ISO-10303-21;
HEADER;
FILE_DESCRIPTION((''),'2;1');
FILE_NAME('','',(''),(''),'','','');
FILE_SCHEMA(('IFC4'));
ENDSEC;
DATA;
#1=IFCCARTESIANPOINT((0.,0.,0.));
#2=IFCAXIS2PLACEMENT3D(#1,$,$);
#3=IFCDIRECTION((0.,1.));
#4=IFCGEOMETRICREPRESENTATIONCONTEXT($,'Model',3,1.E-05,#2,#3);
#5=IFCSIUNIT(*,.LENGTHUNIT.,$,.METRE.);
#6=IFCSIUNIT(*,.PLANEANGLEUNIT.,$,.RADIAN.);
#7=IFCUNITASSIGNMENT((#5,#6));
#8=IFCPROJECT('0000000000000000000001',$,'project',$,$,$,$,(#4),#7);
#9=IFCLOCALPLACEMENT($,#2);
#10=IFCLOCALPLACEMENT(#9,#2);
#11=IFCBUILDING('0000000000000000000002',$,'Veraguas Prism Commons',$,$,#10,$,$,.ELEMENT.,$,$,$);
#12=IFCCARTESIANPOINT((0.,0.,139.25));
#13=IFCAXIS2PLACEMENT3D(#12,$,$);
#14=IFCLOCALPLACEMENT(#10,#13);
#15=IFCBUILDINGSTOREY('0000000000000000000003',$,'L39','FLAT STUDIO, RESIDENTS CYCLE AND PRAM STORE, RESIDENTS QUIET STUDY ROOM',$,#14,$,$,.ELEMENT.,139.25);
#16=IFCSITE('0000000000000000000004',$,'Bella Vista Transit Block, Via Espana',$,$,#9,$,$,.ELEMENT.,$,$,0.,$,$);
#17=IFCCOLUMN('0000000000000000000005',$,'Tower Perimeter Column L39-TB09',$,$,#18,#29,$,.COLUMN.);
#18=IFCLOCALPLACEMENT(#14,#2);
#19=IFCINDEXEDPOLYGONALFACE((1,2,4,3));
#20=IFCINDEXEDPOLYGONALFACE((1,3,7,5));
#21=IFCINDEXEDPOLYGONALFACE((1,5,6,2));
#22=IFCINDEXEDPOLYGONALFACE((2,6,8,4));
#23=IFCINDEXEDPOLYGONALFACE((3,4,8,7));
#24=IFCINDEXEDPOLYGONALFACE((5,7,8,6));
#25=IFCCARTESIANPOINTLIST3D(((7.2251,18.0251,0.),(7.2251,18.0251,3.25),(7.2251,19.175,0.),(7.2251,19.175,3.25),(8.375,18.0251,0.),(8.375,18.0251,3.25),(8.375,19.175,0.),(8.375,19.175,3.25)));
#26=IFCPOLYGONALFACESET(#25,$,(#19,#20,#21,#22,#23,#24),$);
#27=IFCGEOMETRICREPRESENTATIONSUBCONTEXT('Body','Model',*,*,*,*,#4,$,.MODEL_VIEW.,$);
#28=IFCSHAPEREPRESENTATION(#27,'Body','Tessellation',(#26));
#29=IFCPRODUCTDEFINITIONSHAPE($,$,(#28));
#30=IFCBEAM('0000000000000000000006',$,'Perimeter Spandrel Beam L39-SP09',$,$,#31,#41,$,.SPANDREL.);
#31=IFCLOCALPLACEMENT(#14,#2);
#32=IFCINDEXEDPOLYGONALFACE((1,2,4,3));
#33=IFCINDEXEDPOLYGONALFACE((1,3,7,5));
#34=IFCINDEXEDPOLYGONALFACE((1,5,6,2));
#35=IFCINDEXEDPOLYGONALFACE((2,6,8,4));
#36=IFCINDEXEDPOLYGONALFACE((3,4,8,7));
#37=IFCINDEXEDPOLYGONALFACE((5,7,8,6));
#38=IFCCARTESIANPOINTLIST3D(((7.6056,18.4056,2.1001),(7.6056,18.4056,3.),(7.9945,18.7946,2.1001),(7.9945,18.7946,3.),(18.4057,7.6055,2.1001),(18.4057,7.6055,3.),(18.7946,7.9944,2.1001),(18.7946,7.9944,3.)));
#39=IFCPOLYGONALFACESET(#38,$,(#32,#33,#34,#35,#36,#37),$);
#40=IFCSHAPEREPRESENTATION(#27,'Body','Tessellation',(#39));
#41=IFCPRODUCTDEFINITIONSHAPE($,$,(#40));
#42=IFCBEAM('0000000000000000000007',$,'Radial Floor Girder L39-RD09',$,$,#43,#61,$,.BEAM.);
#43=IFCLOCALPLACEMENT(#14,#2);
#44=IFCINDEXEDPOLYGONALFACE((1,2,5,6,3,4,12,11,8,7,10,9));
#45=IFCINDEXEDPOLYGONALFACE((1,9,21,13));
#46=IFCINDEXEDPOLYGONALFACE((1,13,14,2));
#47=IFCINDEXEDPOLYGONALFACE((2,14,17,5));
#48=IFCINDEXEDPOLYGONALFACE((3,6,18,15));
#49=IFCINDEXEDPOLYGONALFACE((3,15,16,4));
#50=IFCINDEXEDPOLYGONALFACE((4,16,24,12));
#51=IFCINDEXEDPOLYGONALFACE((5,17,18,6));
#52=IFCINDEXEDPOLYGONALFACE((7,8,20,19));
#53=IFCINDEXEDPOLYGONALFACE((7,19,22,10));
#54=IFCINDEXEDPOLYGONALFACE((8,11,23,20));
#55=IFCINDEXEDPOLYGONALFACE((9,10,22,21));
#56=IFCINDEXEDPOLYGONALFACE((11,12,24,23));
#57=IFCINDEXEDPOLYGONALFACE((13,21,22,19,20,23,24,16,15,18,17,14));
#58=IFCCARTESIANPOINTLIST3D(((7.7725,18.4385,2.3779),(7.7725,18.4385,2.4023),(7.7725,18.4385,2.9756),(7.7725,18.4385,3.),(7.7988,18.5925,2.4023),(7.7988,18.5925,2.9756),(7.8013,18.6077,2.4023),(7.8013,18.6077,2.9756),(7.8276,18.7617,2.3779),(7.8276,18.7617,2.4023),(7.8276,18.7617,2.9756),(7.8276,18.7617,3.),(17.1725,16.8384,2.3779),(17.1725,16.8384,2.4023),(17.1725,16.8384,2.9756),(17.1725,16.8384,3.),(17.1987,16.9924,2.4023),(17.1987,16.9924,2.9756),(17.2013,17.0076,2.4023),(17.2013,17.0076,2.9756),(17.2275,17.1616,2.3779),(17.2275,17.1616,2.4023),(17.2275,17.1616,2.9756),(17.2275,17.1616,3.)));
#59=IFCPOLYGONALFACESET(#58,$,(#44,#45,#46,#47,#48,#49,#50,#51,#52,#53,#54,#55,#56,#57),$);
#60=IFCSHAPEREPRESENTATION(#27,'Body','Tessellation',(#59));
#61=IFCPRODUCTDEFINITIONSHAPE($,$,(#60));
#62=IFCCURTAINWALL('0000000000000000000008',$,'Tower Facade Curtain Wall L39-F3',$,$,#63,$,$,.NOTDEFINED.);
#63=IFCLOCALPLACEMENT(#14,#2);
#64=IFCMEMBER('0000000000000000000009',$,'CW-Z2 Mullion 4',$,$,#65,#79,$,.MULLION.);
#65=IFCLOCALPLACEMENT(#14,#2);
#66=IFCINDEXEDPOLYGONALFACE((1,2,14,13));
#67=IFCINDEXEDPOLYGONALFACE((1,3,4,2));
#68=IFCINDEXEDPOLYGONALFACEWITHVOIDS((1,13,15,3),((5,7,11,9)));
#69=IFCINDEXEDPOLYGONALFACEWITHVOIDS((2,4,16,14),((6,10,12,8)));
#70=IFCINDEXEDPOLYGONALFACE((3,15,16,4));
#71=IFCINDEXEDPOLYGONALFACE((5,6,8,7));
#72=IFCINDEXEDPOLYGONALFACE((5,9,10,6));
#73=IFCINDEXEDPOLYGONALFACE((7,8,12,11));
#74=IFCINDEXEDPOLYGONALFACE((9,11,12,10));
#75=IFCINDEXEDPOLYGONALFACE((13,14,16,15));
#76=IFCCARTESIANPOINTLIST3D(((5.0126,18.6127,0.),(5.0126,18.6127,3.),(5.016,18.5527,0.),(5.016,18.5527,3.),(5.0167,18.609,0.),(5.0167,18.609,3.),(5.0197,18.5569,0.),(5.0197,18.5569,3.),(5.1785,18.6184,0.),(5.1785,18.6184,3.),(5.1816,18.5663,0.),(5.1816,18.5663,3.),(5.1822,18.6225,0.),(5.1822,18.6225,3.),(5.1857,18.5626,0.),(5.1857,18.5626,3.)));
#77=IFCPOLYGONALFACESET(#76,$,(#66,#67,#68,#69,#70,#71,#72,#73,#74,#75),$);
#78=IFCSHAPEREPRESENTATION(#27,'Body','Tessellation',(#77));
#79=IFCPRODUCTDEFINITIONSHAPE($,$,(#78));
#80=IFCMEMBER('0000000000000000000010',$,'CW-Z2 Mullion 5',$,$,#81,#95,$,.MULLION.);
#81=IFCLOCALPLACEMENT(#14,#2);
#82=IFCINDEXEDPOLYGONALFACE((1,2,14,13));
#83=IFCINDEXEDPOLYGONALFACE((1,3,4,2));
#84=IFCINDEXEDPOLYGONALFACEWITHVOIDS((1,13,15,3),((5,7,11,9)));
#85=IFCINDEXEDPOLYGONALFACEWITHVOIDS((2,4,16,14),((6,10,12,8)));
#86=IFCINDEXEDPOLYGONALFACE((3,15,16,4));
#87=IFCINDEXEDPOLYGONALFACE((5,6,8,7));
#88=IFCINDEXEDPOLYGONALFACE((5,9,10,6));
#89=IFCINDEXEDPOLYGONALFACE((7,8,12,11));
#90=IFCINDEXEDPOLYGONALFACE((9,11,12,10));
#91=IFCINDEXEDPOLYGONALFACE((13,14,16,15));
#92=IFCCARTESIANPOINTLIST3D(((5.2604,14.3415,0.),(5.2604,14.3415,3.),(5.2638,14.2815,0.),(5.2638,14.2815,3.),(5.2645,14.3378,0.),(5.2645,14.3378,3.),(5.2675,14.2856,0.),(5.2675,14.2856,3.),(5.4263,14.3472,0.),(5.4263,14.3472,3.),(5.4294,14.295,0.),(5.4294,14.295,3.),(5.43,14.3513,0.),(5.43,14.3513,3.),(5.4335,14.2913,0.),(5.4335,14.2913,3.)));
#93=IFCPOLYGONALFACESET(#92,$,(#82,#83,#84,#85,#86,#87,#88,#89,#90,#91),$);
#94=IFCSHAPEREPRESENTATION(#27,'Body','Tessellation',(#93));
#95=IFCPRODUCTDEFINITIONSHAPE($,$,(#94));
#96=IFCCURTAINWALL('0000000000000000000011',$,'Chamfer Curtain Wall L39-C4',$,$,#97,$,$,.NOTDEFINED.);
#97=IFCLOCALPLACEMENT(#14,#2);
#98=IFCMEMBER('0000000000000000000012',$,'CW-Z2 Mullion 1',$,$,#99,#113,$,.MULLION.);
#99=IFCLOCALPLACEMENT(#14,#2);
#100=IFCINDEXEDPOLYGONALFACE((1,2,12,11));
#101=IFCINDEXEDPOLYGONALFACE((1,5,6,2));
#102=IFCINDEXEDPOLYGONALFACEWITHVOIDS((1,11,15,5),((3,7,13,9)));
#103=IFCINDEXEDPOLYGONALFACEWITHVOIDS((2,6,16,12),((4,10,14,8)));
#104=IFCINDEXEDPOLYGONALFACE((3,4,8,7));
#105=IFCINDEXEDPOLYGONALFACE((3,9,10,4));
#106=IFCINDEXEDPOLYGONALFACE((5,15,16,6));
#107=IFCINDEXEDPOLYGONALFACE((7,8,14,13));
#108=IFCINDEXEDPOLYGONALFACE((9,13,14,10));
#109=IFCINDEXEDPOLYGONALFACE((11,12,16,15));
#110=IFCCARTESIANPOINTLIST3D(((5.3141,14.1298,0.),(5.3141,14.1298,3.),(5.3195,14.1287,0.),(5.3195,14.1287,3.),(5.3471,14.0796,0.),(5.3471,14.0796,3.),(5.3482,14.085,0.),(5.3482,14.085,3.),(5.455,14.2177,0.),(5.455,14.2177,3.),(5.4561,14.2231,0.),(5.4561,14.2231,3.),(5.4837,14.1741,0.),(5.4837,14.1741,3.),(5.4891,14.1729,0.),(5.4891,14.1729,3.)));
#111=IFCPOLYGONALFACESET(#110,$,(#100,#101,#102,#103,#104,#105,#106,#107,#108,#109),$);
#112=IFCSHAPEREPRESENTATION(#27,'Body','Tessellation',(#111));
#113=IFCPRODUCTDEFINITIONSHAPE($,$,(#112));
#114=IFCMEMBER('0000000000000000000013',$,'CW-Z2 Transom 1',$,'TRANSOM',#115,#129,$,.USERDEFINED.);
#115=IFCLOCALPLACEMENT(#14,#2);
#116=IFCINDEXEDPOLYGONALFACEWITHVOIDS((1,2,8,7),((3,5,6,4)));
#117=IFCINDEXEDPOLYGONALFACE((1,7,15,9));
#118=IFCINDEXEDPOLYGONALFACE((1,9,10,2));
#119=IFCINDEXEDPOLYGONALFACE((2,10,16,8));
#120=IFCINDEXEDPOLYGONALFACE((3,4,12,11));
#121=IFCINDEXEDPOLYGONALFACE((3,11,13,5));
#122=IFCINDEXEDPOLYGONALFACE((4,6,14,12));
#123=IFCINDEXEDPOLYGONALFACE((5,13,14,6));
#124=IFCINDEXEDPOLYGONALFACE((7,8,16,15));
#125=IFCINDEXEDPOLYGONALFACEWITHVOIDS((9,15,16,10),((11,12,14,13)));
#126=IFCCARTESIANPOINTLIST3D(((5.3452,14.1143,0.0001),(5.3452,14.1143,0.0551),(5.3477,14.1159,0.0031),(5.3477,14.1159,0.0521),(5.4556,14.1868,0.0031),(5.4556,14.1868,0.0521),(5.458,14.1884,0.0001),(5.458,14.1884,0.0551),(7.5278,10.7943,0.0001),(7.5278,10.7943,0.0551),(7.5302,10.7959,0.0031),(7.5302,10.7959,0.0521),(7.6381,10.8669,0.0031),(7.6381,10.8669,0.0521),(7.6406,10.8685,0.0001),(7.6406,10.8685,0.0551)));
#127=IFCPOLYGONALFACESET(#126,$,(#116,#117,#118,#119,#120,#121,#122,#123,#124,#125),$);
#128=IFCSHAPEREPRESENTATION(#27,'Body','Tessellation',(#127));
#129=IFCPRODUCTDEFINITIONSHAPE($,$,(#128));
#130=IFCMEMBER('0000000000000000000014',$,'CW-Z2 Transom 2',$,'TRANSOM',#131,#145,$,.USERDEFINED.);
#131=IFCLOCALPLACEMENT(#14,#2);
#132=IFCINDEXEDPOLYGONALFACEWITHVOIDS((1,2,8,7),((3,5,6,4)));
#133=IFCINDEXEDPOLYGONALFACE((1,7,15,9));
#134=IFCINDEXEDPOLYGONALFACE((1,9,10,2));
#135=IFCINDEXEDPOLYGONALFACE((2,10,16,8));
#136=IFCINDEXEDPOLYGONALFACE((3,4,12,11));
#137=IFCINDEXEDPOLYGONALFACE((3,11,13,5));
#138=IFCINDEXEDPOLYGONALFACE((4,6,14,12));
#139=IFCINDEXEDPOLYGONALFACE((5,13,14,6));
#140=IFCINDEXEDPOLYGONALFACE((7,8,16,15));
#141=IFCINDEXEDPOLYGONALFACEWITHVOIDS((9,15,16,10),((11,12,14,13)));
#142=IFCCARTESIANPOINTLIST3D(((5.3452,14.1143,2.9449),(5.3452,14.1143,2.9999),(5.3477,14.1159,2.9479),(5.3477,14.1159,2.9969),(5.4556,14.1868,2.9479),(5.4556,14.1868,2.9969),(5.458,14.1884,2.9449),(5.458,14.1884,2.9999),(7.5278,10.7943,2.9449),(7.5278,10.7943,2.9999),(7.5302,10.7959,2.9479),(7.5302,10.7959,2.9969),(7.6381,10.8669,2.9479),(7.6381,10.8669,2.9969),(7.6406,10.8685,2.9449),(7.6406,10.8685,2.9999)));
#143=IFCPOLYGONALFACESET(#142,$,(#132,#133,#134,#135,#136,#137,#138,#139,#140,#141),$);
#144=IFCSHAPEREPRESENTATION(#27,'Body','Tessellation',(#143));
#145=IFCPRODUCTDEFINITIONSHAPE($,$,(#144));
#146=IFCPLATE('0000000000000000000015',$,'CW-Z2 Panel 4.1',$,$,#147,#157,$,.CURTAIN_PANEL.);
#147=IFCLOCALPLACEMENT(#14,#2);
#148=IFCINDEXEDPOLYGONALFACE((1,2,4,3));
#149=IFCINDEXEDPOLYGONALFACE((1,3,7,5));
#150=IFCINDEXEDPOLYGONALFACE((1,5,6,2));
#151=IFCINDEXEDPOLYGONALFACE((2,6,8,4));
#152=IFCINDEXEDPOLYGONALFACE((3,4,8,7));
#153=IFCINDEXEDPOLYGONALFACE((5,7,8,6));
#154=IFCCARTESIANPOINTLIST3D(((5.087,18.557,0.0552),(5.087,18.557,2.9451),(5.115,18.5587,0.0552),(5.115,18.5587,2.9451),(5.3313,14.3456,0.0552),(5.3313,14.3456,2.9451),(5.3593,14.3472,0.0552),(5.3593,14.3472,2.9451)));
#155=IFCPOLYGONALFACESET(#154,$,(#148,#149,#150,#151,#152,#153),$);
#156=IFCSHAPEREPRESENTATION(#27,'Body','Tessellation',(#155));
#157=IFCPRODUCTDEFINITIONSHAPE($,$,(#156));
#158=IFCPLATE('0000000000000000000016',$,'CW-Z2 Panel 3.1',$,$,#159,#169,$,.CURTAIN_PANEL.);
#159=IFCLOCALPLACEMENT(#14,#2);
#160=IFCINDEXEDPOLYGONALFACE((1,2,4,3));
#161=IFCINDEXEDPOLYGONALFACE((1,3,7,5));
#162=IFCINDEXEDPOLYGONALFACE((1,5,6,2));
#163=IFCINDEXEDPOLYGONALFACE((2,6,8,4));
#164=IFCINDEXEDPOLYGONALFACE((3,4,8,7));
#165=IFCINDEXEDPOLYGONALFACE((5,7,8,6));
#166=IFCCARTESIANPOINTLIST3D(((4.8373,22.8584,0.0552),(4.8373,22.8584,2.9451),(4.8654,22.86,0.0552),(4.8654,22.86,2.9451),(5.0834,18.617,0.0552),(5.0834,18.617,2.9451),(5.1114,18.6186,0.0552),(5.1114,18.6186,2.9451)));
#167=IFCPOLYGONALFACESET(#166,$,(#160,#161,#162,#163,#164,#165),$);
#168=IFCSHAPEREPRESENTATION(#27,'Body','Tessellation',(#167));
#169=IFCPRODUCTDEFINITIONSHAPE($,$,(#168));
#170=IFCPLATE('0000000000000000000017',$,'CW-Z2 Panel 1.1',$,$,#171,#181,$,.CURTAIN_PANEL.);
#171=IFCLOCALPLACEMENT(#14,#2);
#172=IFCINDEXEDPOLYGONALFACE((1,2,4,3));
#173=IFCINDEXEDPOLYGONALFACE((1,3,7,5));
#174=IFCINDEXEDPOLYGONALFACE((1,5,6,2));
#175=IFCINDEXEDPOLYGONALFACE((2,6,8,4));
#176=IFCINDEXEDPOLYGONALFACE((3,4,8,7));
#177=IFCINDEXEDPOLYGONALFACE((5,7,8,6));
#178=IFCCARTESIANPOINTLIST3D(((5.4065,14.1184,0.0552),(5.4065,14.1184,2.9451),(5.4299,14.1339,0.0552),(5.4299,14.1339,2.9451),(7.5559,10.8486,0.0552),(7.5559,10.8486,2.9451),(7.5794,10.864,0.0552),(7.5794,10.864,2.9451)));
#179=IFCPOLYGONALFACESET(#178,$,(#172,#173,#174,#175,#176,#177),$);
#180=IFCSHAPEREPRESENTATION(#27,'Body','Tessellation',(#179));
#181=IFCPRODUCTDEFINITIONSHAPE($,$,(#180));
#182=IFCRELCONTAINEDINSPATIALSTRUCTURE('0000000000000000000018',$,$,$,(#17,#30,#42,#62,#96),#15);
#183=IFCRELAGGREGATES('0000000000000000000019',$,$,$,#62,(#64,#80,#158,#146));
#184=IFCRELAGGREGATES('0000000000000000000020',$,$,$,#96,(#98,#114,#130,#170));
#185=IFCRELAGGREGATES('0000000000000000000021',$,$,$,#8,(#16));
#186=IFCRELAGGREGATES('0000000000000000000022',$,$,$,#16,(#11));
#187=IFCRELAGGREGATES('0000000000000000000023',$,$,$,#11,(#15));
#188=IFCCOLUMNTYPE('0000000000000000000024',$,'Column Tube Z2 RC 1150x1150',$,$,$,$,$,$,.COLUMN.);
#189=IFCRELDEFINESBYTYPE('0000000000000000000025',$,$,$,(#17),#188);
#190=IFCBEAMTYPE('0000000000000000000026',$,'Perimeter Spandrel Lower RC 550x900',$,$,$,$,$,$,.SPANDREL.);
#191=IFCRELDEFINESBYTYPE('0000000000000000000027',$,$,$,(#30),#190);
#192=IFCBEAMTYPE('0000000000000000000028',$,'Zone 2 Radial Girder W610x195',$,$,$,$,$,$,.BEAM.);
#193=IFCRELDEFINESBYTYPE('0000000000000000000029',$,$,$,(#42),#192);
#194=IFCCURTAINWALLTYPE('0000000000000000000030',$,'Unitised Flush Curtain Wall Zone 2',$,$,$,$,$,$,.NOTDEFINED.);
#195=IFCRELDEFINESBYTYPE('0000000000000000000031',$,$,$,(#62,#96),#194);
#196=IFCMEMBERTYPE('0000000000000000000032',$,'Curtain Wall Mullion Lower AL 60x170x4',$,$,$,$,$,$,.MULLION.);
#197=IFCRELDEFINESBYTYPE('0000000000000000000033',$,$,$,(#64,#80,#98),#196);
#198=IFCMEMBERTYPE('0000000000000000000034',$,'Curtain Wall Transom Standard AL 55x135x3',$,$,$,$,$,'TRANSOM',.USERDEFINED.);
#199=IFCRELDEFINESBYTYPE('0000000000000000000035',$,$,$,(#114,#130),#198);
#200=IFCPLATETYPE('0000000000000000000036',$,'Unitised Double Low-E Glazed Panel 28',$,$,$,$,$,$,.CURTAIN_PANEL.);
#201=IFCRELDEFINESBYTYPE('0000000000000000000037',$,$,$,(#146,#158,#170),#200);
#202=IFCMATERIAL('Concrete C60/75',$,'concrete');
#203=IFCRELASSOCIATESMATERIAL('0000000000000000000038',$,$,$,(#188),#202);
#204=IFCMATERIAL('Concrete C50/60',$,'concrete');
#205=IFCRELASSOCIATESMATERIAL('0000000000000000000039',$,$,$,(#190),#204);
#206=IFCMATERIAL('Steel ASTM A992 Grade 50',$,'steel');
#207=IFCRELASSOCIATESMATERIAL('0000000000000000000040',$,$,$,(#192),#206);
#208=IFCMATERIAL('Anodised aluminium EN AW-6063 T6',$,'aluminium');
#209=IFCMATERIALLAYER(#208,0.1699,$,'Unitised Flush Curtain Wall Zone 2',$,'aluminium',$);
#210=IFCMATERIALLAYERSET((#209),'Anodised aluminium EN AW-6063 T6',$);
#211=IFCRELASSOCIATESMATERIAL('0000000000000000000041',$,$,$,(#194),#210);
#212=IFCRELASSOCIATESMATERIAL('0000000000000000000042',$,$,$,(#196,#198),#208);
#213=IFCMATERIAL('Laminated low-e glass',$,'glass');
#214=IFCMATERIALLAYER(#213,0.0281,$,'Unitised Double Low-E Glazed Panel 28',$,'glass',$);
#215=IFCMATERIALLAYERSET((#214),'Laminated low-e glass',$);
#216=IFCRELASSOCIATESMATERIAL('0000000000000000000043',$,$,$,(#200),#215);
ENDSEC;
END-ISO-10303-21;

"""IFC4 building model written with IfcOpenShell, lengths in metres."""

from ifc_helpers import new_model, si_unit, direction, frame, origin, origin_2d, place, context, subcontext, project, spatial, rectangle, hollow_rectangle, i_section, extrude, source, transform, mapped, material, layer, layer_set, material_profile, profile_set, type_object, element, aggregate, save


model = new_model("IFC4")

# Units and contexts
model_context = context("Model", 3, precision=1e-05, world=origin(), true_north=direction((0.0, 1.0)))
body_context = subcontext(model_context, "Body", "Model", "MODEL_VIEW")
ifc_project = project(units=[si_unit("LENGTHUNIT", "METRE"), si_unit("PLANEANGLEUNIT", "RADIAN")], contexts=[model_context])

# Site, building, storey
site_placement = place(None, origin())
site = spatial("IfcSite", under=ifc_project, at=site_placement, Name="Bella Vista Transit Block, Via Espana", CompositionType="ELEMENT", RefElevation=0.0)
building_placement = place(site_placement, origin())
building = spatial("IfcBuilding", under=site, at=building_placement, Name="Veraguas Prism Commons", CompositionType="ELEMENT")
storey_placement = place(building_placement, frame((0.0, 0.0, 139.25)))
storey = spatial("IfcBuildingStorey", under=building, at=storey_placement, Name="L39", Description="FLAT STUDIO, RESIDENTS CYCLE AND PRAM STORE, RESIDENTS QUIET STUDY ROOM", CompositionType="ELEMENT", Elevation=139.25)

# Column
ifc_material_1 = material(Name="Concrete C60/75", Category="concrete")
ifc_material_profile_1 = material_profile(ifc_material_1, rectangle(XDim=1.1499, YDim=1.1499, at=origin_2d()), Name="RC1150X1150")
ifc_profile_set_1 = profile_set([ifc_material_profile_1], Name="Concrete C60/75")
column_type = type_object("IfcColumnType", Name="Column Tube Z2 RC 1150x1150", PredefinedType="COLUMN", material=ifc_profile_set_1)
column_placement = place(storey_placement, frame((7.8, 18.6001, 0.0), z_axis=(0.0, 0.0, 1.0), x_axis=(1.0, 0.0, 0.0)))
element("IfcColumn", 1, at=column_placement, inside=storey, type_object=column_type, Name="Tower Perimeter Column L39-TB09", PredefinedType="COLUMN", context=body_context, shape_type="SweptSolid", body=[
    extrude(rectangle(XDim=1.1499, YDim=1.1499, at=origin_2d()), origin(), (0.0, 0.0, 1.0), 3.25),
])

# Beams
ifc_material_2 = material(Name="Concrete C50/60", Category="concrete")
ifc_material_profile_2 = material_profile(ifc_material_2, rectangle(XDim=0.55, YDim=0.8999, at=origin_2d()), Name="RC550X900")
ifc_profile_set_2 = profile_set([ifc_material_profile_2], Name="Concrete C50/60")
beam_type_1 = type_object("IfcBeamType", Name="Perimeter Spandrel Lower RC 550x900", PredefinedType="SPANDREL", material=ifc_profile_set_2)
beam_1_placement = place(storey_placement, frame((7.8, 18.6001, 2.55), z_axis=(0.707107, -0.707107, 0.0), x_axis=(0.707107, 0.707107, 0.0)))
element("IfcBeam", 2, at=beam_1_placement, inside=storey, type_object=beam_type_1, Name="Perimeter Spandrel Beam L39-SP09", PredefinedType="SPANDREL", context=body_context, shape_type="SweptSolid", body=[
    extrude(rectangle(XDim=0.55, YDim=0.8999, at=origin_2d()), origin(), (0.0, 0.0, 1.0), 15.2737),
])
ifc_material_3 = material(Name="Steel ASTM A992 Grade 50", Category="steel")
ifc_material_profile_3 = material_profile(ifc_material_3, i_section(OverallWidth=0.3279, OverallDepth=0.6221, WebThickness=0.0154, FlangeThickness=0.0244, at=origin_2d()), Name="W610X195")
ifc_profile_set_3 = profile_set([ifc_material_profile_3], Name="Steel ASTM A992 Grade 50")
beam_type_2 = type_object("IfcBeamType", Name="Zone 2 Radial Girder W610x195", PredefinedType="BEAM", material=ifc_profile_set_3)
beam_2_placement = place(storey_placement, frame((7.8, 18.6001, 2.689), z_axis=(0.985819, -0.167811, 0.0), x_axis=(0.167811, 0.985819, 0.0)))
element("IfcBeam", 3, at=beam_2_placement, inside=storey, type_object=beam_type_2, Name="Radial Floor Girder L39-RD09", PredefinedType="BEAM", context=body_context, shape_type="SweptSolid", body=[
    extrude(i_section(OverallWidth=0.3279, OverallDepth=0.6221, WebThickness=0.0154, FlangeThickness=0.0244, at=origin_2d()), origin(), (0.0, 0.0, 1.0), 9.5352),
])

# Curtain walls, members
ifc_material_4 = material(Name="Anodised aluminium EN AW-6063 T6", Category="aluminium")
ifc_layer_1 = layer(ifc_material_4, 0.1699, Name="Unitised Flush Curtain Wall Zone 2", Category="aluminium")
ifc_layer_set_1 = layer_set([ifc_layer_1], Name="Anodised aluminium EN AW-6063 T6")
curtain_wall_type = type_object("IfcCurtainWallType", Name="Unitised Flush Curtain Wall Zone 2", PredefinedType="NOTDEFINED", material=ifc_layer_set_1)
curtain_wall_1_placement = place(storey_placement, origin())
curtain_wall_1 = element("IfcCurtainWall", 4, at=curtain_wall_1_placement, inside=storey, type_object=curtain_wall_type, Name="Tower Facade Curtain Wall L39-F3", PredefinedType="NOTDEFINED")
ifc_material_profile_4 = material_profile(ifc_material_4, hollow_rectangle(XDim=0.0601, YDim=0.1699, WallThickness=0.0039, at=origin_2d()), Name="AL60X170X4")
ifc_profile_set_4 = profile_set([ifc_material_profile_4], Name="Anodised aluminium EN AW-6063 T6")
member_type_1 = type_object("IfcMemberType", Name="Curtain Wall Mullion Lower AL 60x170x4", PredefinedType="MULLION", material=ifc_profile_set_4)
shared_shape_1 = source(origin(), body_context, "Body", "SweptSolid", [
    extrude(hollow_rectangle(XDim=0.0601, YDim=0.1699, WallThickness=0.0039, at=origin_2d()), origin(), (0.0, 0.0, 1.0), 3.0),
])
member_1_placement = place(storey_placement, frame((5.0991, 18.5876, 0.0), z_axis=(0.0, 0.0, 1.0), x_axis=(0.057907, -0.998322, 0.0)))
member_1 = element("IfcMember", 5, at=member_1_placement, type_object=member_type_1, Name="CW-Z2 Mullion 4", PredefinedType="MULLION", context=body_context, shape_type="MappedRepresentation", body=[
    mapped(shared_shape_1, transform((0.0, 0.0, 0.0), scale=1.0)),
])
member_2_placement = place(storey_placement, frame((5.3469, 14.3164, 0.0), z_axis=(0.0, 0.0, 1.0), x_axis=(0.057907, -0.998322, 0.0)))
member_2 = element("IfcMember", 6, at=member_2_placement, type_object=member_type_1, Name="CW-Z2 Mullion 5", PredefinedType="MULLION", context=body_context, shape_type="MappedRepresentation", body=[
    mapped(shared_shape_1, transform((0.0, 0.0, 0.0), scale=1.0)),
])
curtain_wall_2_placement = place(storey_placement, origin())
curtain_wall_2 = element("IfcCurtainWall", 7, at=curtain_wall_2_placement, inside=storey, type_object=curtain_wall_type, Name="Chamfer Curtain Wall L39-C4", PredefinedType="NOTDEFINED")
member_3_placement = place(storey_placement, frame((5.4016, 14.1514, 0.0), z_axis=(0.0, 0.0, 1.0), x_axis=(0.549298, -0.835626, 0.0)))
member_3 = element("IfcMember", 8, at=member_3_placement, type_object=member_type_1, Name="CW-Z2 Mullion 1", PredefinedType="MULLION", context=body_context, shape_type="MappedRepresentation", body=[
    mapped(shared_shape_1, transform((0.0, 0.0, 0.0), scale=1.0)),
])
ifc_material_profile_5 = material_profile(ifc_material_4, hollow_rectangle(XDim=0.0549, YDim=0.135, WallThickness=0.0029, at=origin_2d()), Name="AL55X135X3")
ifc_profile_set_5 = profile_set([ifc_material_profile_5], Name="Anodised aluminium EN AW-6063 T6")
member_type_2 = type_object("IfcMemberType", Name="Curtain Wall Transom Standard AL 55x135x3", ElementType="TRANSOM", PredefinedType="USERDEFINED", material=ifc_profile_set_5)
shared_shape_2 = source(origin(), body_context, "Body", "SweptSolid", [
    extrude(hollow_rectangle(XDim=0.0549, YDim=0.135, WallThickness=0.0029, at=origin_2d()), origin(), (0.0, 0.0, 1.0), 3.9731),
])
member_4_placement = place(storey_placement, frame((5.4016, 14.1514, 0.0276), z_axis=(0.549329, -0.835606, 0.0), x_axis=(0.0, 0.0, 1.0)))
member_4 = element("IfcMember", 9, at=member_4_placement, type_object=member_type_2, Name="CW-Z2 Transom 1", ObjectType="TRANSOM", PredefinedType="USERDEFINED", context=body_context, shape_type="MappedRepresentation", body=[
    mapped(shared_shape_2, transform((0.0, 0.0, 0.0), scale=1.0)),
])
member_5_placement = place(storey_placement, frame((5.4016, 14.1514, 2.9724), z_axis=(0.549329, -0.835606, 0.0), x_axis=(0.0, 0.0, 1.0)))
member_5 = element("IfcMember", 10, at=member_5_placement, type_object=member_type_2, Name="CW-Z2 Transom 2", ObjectType="TRANSOM", PredefinedType="USERDEFINED", context=body_context, shape_type="MappedRepresentation", body=[
    mapped(shared_shape_2, transform((0.0, 0.0, 0.0), scale=1.0)),
])

# Plates
ifc_material_5 = material(Name="Laminated low-e glass", Category="glass")
ifc_layer_2 = layer(ifc_material_5, 0.0281, Name="Unitised Double Low-E Glazed Panel 28", Category="glass")
ifc_layer_set_2 = layer_set([ifc_layer_2], Name="Laminated low-e glass")
plate_type = type_object("IfcPlateType", Name="Unitised Double Low-E Glazed Panel 28", PredefinedType="CURTAIN_PANEL", material=ifc_layer_set_2)
shared_shape_3 = source(origin(), body_context, "Body", "SweptSolid", [
    extrude(rectangle(XDim=4.2185, YDim=0.0281, at=origin_2d()), origin(), (0.0, 0.0, 1.0), 2.8899),
])
plate_1_placement = place(storey_placement, frame((5.2231, 16.4521, 0.0552), z_axis=(0.0, 0.0, 1.0), x_axis=(0.057907, -0.998322, 0.0)))
plate_1 = element("IfcPlate", 11, at=plate_1_placement, type_object=plate_type, Name="CW-Z2 Panel 4.1", PredefinedType="CURTAIN_PANEL", context=body_context, shape_type="MappedRepresentation", body=[
    mapped(shared_shape_3, transform((0.0, 0.0, 0.0), scale=1.0)),
])
shared_shape_4 = source(origin(), body_context, "Body", "SweptSolid", [
    extrude(rectangle(XDim=4.2485, YDim=0.0281, at=origin_2d()), origin(), (0.0, 0.0, 1.0), 2.8899),
])
plate_2_placement = place(storey_placement, frame((4.9744, 20.7385, 0.0552), z_axis=(0.0, 0.0, 1.0), x_axis=(0.057907, -0.998322, 0.0)))
plate_2 = element("IfcPlate", 12, at=plate_2_placement, type_object=plate_type, Name="CW-Z2 Panel 3.1", PredefinedType="CURTAIN_PANEL", context=body_context, shape_type="MappedRepresentation", body=[
    mapped(shared_shape_4, transform((0.0, 0.0, 0.0), scale=1.0)),
])
aggregate(curtain_wall_1, [member_1, member_2, plate_2, plate_1])
shared_shape_5 = source(origin(), body_context, "Body", "SweptSolid", [
    extrude(rectangle(XDim=3.9131, YDim=0.0281, at=origin_2d()), origin(), (0.0, 0.0, 1.0), 2.8899),
])
plate_3_placement = place(storey_placement, frame((6.4929, 12.4912, 0.0552), z_axis=(0.0, 0.0, 1.0), x_axis=(0.549298, -0.835626, 0.0)))
plate_3 = element("IfcPlate", 13, at=plate_3_placement, type_object=plate_type, Name="CW-Z2 Panel 1.1", PredefinedType="CURTAIN_PANEL", context=body_context, shape_type="MappedRepresentation", body=[
    mapped(shared_shape_5, transform((0.0, 0.0, 0.0), scale=1.0)),
])
aggregate(curtain_wall_2, [member_3, member_4, member_5, plate_3])

save(model, "model.ifc")
